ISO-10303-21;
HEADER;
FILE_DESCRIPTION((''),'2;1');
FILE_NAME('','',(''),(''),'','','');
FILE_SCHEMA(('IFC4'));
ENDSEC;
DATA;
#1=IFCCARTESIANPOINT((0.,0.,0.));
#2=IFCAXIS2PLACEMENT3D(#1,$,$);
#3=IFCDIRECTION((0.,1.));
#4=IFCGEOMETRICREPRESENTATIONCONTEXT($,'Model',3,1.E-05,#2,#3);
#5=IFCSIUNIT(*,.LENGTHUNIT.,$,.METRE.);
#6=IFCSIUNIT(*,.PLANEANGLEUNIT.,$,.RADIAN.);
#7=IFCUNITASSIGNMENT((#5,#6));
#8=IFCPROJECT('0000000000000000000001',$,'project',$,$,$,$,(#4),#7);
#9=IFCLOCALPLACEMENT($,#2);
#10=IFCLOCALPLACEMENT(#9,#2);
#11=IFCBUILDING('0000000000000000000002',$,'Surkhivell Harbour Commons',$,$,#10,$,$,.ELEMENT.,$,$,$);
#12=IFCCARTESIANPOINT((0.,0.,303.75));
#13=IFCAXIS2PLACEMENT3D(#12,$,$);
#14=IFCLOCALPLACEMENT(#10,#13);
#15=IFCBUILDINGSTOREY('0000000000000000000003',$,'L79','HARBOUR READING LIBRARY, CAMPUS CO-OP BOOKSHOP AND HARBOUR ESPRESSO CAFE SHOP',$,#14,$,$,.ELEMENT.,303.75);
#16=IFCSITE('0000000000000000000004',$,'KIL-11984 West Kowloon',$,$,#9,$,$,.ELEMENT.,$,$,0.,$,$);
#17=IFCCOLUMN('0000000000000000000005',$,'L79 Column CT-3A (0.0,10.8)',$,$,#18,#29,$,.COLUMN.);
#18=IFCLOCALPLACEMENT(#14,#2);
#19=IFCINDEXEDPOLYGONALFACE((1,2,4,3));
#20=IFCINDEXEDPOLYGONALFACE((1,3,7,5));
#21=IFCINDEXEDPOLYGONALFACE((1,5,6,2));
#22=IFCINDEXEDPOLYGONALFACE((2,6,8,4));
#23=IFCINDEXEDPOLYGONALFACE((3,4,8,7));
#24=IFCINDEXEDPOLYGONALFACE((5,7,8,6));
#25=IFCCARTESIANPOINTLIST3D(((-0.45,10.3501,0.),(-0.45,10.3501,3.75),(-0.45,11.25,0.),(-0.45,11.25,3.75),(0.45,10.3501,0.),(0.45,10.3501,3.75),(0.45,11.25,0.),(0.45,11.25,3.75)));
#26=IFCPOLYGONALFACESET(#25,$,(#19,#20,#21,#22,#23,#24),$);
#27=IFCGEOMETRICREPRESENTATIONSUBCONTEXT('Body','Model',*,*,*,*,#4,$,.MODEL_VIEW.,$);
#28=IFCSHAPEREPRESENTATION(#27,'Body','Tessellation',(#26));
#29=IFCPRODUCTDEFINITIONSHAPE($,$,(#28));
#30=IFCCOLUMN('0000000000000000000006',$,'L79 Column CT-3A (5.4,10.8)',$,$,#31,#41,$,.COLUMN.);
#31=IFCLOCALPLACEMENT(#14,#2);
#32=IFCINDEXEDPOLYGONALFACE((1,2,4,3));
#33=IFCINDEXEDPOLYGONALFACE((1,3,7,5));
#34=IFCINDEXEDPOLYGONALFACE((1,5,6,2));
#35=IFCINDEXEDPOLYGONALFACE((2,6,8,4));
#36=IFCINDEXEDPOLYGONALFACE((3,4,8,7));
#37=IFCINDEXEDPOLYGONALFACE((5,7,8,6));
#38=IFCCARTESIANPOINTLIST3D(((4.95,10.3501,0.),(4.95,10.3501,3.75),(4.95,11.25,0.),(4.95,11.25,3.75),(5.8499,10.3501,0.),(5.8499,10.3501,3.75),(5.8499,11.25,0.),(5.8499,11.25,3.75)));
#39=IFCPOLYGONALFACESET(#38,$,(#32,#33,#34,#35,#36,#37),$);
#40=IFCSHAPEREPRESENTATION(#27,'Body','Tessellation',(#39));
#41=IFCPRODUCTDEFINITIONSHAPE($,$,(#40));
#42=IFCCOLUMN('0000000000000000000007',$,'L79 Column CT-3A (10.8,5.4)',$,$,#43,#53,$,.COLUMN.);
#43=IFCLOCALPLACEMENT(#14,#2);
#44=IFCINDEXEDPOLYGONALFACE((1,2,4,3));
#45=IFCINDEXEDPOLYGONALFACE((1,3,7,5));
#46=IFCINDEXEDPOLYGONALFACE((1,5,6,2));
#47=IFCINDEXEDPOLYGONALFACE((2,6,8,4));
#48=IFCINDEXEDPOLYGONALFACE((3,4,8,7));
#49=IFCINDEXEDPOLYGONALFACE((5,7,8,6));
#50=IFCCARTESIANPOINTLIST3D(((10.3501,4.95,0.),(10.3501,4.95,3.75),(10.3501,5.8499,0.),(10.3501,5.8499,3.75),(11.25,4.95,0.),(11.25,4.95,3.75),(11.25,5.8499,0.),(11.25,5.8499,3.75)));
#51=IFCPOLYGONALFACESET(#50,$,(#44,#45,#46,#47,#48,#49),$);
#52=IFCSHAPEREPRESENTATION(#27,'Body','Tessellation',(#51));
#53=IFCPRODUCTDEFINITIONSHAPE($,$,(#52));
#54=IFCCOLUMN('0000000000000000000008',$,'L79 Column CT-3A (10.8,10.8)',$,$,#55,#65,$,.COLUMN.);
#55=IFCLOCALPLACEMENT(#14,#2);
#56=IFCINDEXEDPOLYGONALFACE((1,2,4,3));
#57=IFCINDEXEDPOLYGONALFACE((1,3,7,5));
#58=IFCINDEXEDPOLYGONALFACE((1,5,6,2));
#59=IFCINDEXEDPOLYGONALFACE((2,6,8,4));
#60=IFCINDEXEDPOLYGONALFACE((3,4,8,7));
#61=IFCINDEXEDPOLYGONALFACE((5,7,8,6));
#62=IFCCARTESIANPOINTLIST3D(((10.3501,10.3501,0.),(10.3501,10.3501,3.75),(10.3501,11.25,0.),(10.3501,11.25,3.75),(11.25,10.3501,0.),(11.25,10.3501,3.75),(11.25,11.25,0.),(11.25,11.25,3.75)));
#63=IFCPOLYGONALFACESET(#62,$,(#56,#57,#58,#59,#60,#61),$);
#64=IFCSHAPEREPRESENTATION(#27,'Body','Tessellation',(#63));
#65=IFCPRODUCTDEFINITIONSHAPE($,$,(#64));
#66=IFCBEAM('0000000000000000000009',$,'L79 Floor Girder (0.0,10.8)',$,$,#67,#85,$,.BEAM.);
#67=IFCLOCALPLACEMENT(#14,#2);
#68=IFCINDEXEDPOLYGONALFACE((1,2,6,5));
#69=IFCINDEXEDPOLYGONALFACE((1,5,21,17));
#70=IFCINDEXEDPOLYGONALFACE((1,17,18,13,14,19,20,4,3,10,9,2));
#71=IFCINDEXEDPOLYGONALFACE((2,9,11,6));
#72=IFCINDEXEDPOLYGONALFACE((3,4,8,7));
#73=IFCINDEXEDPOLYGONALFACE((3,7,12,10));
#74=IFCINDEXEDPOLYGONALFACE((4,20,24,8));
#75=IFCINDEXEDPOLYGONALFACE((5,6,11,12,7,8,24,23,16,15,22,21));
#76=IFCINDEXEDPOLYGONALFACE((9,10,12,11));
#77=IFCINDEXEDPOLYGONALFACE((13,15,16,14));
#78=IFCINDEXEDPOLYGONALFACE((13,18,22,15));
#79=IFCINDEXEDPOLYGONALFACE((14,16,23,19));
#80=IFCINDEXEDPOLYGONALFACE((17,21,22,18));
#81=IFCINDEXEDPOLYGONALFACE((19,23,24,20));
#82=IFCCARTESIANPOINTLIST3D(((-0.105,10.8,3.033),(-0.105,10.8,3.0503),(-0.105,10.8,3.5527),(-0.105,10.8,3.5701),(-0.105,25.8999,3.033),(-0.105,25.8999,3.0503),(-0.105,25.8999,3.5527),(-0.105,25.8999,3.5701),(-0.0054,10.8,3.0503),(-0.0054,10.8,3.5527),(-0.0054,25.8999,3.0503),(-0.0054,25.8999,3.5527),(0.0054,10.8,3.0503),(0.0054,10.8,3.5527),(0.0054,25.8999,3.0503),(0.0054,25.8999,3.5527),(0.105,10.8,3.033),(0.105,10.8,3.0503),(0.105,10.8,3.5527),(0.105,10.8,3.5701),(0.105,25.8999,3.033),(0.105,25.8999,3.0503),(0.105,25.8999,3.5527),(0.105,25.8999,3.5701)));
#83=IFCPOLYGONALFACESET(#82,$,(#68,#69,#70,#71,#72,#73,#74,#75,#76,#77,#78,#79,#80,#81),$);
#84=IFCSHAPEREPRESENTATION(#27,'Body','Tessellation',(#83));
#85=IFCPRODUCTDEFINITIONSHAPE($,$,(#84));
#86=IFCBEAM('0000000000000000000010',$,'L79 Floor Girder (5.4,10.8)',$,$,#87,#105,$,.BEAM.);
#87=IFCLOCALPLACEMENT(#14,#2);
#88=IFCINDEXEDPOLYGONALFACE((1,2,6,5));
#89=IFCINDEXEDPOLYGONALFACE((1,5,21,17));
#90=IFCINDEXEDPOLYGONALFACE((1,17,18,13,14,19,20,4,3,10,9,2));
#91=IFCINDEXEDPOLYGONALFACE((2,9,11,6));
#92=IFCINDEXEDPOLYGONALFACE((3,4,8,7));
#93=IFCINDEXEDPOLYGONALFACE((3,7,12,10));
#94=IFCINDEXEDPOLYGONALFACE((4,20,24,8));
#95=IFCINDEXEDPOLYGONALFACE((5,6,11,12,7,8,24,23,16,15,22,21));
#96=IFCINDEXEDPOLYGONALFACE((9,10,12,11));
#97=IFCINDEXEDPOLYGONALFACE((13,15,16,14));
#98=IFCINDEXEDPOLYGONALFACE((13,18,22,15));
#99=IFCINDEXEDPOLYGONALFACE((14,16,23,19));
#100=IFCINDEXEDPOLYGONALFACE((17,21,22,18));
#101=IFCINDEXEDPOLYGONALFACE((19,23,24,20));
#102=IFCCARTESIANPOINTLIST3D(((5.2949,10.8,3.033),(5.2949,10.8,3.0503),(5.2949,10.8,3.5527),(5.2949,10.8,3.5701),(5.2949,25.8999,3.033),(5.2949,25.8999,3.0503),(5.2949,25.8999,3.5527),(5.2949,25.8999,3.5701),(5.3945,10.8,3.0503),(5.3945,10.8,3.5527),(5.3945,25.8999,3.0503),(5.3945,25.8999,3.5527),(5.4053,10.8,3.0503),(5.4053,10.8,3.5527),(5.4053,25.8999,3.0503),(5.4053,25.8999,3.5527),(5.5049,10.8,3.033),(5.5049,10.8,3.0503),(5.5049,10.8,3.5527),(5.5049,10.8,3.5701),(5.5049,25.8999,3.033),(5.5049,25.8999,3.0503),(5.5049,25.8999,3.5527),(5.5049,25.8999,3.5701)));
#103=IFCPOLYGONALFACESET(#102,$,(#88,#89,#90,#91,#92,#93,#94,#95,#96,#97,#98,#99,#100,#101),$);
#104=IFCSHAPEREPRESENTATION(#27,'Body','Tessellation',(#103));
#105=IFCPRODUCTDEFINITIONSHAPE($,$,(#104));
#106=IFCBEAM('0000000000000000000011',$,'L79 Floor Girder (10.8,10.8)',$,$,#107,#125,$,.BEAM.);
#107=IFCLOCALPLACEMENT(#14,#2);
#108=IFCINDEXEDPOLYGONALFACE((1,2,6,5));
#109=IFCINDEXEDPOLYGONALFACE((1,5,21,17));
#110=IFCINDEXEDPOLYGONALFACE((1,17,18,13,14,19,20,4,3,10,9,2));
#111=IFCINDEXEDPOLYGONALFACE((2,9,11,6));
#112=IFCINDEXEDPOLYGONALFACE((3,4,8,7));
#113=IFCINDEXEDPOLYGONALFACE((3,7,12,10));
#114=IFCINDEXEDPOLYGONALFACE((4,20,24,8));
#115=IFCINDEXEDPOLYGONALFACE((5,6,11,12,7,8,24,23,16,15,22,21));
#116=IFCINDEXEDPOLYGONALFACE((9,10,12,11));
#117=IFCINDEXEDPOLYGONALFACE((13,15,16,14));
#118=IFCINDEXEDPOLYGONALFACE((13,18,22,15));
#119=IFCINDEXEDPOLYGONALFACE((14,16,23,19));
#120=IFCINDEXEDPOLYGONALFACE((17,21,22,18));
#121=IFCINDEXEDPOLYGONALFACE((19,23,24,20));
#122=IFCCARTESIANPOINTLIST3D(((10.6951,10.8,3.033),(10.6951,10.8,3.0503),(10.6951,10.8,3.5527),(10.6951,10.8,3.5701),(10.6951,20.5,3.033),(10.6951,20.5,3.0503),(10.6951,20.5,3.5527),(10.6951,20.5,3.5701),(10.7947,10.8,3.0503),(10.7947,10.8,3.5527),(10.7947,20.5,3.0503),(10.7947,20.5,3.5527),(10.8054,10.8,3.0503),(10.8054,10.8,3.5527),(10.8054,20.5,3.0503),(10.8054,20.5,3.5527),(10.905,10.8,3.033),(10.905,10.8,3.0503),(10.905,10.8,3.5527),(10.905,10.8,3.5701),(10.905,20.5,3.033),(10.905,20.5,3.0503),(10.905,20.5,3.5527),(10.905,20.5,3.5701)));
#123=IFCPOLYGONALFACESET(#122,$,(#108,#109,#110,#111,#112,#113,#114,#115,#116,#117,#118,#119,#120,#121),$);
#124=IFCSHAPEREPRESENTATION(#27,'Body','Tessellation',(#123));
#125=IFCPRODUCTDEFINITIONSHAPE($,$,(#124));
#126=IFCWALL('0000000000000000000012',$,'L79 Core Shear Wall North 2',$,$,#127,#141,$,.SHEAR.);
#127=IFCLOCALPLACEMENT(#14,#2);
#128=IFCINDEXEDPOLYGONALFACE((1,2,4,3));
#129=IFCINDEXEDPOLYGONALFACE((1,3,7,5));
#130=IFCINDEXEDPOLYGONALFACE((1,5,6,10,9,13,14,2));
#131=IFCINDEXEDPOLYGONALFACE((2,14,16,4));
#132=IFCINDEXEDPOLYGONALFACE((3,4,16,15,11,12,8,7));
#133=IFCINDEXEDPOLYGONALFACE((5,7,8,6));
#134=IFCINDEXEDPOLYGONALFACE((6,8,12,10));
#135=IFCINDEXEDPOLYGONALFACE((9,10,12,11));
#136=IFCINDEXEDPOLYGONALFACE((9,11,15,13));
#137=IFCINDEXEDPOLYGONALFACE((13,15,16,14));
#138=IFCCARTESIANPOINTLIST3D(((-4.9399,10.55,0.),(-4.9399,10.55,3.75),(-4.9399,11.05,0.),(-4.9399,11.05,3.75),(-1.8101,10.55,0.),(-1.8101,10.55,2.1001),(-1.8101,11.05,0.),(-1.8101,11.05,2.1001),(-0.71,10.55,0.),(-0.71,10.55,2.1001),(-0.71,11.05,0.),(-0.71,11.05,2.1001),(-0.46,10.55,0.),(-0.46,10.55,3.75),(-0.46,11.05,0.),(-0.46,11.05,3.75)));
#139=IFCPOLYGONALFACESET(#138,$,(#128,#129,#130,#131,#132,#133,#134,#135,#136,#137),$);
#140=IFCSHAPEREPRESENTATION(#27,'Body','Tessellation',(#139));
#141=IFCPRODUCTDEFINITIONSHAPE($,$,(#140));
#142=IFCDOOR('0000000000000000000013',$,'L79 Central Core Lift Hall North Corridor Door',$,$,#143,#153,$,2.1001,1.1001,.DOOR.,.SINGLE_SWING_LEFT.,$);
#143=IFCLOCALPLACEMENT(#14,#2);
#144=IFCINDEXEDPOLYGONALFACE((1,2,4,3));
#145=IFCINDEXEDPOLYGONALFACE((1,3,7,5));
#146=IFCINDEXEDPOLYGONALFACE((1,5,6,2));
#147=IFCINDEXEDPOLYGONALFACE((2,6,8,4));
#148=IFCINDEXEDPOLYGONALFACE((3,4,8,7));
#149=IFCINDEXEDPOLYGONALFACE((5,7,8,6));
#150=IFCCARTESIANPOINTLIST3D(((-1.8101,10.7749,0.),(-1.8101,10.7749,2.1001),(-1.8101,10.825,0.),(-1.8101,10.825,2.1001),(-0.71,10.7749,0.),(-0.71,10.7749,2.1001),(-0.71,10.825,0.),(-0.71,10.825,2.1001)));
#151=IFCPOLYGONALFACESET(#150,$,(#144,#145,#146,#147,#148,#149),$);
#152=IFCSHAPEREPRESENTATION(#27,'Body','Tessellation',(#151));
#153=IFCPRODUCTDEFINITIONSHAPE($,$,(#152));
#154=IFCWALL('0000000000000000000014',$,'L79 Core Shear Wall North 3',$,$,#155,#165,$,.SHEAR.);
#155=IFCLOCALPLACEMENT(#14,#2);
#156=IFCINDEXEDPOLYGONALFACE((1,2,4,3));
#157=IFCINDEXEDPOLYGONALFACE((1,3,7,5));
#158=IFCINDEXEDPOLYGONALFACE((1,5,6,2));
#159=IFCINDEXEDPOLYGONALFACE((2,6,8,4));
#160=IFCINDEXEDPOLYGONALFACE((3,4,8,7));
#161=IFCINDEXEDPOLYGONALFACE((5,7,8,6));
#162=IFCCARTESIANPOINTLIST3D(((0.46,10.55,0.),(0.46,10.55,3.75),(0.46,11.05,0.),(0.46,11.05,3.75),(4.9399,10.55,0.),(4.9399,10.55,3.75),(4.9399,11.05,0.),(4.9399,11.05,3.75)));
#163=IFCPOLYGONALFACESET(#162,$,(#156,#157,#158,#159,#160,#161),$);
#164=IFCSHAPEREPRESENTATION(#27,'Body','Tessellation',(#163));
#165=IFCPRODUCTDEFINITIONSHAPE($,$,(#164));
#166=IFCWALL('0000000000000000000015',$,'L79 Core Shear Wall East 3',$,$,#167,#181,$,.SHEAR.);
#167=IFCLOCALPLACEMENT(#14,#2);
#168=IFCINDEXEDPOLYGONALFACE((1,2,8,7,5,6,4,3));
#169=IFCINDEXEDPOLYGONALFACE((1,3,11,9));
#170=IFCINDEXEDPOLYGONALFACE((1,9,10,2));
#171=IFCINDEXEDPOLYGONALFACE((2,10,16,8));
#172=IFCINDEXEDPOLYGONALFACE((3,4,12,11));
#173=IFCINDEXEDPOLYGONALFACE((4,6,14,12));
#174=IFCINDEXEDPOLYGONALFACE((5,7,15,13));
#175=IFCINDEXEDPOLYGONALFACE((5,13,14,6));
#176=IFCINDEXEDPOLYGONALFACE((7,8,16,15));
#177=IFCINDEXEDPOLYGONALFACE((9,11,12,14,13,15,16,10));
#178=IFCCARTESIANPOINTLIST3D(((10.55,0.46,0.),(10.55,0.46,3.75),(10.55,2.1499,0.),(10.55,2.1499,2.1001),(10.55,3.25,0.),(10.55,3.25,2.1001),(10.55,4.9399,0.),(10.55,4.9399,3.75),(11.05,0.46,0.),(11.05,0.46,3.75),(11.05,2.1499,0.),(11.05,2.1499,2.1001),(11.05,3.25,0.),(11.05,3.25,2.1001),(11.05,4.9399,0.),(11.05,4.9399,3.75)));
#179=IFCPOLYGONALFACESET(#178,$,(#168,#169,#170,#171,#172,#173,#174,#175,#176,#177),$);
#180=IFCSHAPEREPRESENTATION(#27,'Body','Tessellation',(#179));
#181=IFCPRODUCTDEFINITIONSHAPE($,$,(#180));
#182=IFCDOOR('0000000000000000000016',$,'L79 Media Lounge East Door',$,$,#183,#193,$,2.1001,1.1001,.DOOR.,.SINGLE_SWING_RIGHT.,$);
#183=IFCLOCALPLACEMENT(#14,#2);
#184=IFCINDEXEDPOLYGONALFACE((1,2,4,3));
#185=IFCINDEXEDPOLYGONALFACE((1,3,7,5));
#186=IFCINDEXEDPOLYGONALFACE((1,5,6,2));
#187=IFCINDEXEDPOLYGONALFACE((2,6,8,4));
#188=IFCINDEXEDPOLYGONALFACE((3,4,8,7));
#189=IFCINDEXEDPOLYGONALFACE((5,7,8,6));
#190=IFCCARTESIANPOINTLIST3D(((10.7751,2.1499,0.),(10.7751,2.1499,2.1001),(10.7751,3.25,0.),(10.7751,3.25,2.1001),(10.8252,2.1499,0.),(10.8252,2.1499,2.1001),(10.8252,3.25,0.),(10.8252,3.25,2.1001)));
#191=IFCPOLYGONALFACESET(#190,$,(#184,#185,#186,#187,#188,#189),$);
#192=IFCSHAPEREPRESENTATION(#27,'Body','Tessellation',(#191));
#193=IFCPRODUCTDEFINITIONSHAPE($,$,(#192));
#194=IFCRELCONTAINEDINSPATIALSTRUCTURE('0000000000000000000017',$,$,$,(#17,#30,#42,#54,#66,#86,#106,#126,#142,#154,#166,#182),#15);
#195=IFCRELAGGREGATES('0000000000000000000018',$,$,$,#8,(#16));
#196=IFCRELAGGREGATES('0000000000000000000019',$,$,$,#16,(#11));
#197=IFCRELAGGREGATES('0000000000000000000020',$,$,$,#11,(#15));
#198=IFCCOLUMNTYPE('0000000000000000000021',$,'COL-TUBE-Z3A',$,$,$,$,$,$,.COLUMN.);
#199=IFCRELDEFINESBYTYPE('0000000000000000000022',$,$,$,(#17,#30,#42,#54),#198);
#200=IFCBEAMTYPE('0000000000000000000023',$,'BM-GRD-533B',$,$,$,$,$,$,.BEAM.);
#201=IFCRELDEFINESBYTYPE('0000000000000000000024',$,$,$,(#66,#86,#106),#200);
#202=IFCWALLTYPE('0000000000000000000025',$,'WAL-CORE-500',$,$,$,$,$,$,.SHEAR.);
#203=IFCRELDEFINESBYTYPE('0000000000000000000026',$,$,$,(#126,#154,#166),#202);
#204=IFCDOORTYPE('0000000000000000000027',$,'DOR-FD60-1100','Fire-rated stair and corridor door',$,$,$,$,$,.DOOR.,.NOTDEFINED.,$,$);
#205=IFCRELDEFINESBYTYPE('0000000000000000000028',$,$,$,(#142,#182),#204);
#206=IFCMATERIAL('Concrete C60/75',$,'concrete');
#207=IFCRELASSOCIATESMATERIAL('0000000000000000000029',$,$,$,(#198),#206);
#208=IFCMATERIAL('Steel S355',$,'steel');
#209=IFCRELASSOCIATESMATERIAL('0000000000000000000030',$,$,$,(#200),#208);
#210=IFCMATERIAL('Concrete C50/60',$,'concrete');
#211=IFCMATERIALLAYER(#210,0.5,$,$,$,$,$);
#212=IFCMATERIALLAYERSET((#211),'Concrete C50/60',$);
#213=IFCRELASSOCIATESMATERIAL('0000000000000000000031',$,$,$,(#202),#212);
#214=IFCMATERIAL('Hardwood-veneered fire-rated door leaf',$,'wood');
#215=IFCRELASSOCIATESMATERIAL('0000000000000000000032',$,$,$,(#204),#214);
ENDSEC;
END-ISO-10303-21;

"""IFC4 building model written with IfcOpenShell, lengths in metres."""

from ifc_helpers import new_model, si_unit, direction, frame, frame_2d, origin, origin_2d, place, context, subcontext, project, spatial, rectangle, i_section, extrude, material, layer, layer_set, material_profile, profile_set, type_object, element, fill, save


model = new_model("IFC4")

# Units and contexts
model_context = context("Model", 3, precision=1e-05, world=origin(), true_north=direction((0.0, 1.0)))
body_context = subcontext(model_context, "Body", "Model", "MODEL_VIEW")
ifc_project = project(units=[si_unit("LENGTHUNIT", "METRE"), si_unit("PLANEANGLEUNIT", "RADIAN")], contexts=[model_context])

# Site, building, storey
site_placement = place(None, origin())
site = spatial("IfcSite", under=ifc_project, at=site_placement, Name="KIL-11984 West Kowloon", CompositionType="ELEMENT", RefElevation=0.0)
building_placement = place(site_placement, origin())
building = spatial("IfcBuilding", under=site, at=building_placement, Name="Surkhivell Harbour Commons", CompositionType="ELEMENT")
storey_placement = place(building_placement, frame((0.0, 0.0, 303.75)))
storey = spatial("IfcBuildingStorey", under=building, at=storey_placement, Name="L79", Description="HARBOUR READING LIBRARY, CAMPUS CO-OP BOOKSHOP AND HARBOUR ESPRESSO CAFE SHOP", CompositionType="ELEMENT", Elevation=303.75)

# Columns
ifc_material_1 = material(Name="Concrete C60/75", Category="concrete")
ifc_material_profile_1 = material_profile(ifc_material_1, rectangle(XDim=0.8999, YDim=0.8999, at=origin_2d()), Name="RC-COL-900x900")
ifc_profile_set_1 = profile_set([ifc_material_profile_1], Name="Concrete C60/75")
column_type = type_object("IfcColumnType", Name="COL-TUBE-Z3A", PredefinedType="COLUMN", material=ifc_profile_set_1)
for number, where, z_axis, x_axis, name in (
    (1, (0.0, 10.8, 0.0), (0.0, 0.0, 1.0), (1.0, 0.0, 0.0), "L79 Column CT-3A (0.0,10.8)"),
    (2, (5.3999, 10.8, 0.0), (0.0, 0.0, 1.0), (1.0, 0.0, 0.0), "L79 Column CT-3A (5.4,10.8)"),
    (3, (10.8, 5.3999, 0.0), (0.0, 0.0, 1.0), (1.0, 0.0, 0.0), "L79 Column CT-3A (10.8,5.4)"),
    (4, (10.8, 10.8, 0.0), (0.0, 0.0, 1.0), (1.0, 0.0, 0.0), "L79 Column CT-3A (10.8,10.8)"),
):
    element("IfcColumn", number, at=place(storey_placement, frame(where, z_axis=z_axis, x_axis=x_axis)), inside=storey, type_object=column_type, Name=name, PredefinedType="COLUMN", context=body_context, shape_type="SweptSolid", body=[
        extrude(rectangle(XDim=0.8999, YDim=0.8999, at=origin_2d()), origin(), (0.0, 0.0, 1.0), 3.75),
    ])

# Beams
ifc_material_2 = material(Name="Steel S355", Category="steel")
ifc_material_profile_2 = material_profile(ifc_material_2, i_section(OverallWidth=0.21, OverallDepth=0.5371, WebThickness=0.0107, FlangeThickness=0.0173, at=origin_2d()), Name="UB533x210x101")
ifc_profile_set_2 = profile_set([ifc_material_profile_2], Name="Steel S355")
beam_type = type_object("IfcBeamType", Name="BM-GRD-533B", PredefinedType="BEAM", material=ifc_profile_set_2)
for number, where, z_axis, x_axis, name in (
    (5, (0.0, 10.8, 3.3015), (0.0, 1.0, 0.0), (-1.0, 0.0, 0.0), "L79 Floor Girder (0.0,10.8)"),
    (6, (5.3999, 10.8, 3.3015), (0.0, 1.0, 0.0), (-1.0, 0.0, 0.0), "L79 Floor Girder (5.4,10.8)"),
):
    element("IfcBeam", number, at=place(storey_placement, frame(where, z_axis=z_axis, x_axis=x_axis)), inside=storey, type_object=beam_type, Name=name, PredefinedType="BEAM", context=body_context, shape_type="SweptSolid", body=[
        extrude(i_section(OverallWidth=0.21, OverallDepth=0.5371, WebThickness=0.0107, FlangeThickness=0.0173, at=origin_2d()), origin(), (0.0, 0.0, 1.0), 15.0999),
    ])
beam_placement = place(storey_placement, frame((10.8, 10.8, 3.3015), z_axis=(0.0, 1.0, 0.0), x_axis=(-1.0, 0.0, 0.0)))
element("IfcBeam", 7, at=beam_placement, inside=storey, type_object=beam_type, Name="L79 Floor Girder (10.8,10.8)", PredefinedType="BEAM", context=body_context, shape_type="SweptSolid", body=[
    extrude(i_section(OverallWidth=0.21, OverallDepth=0.5371, WebThickness=0.0107, FlangeThickness=0.0173, at=origin_2d()), origin(), (0.0, 0.0, 1.0), 9.7),
])

# Wall, opening, door
ifc_material_3 = material(Name="Concrete C50/60", Category="concrete")
ifc_layer_1 = layer(ifc_material_3, 0.5)
ifc_layer_set_1 = layer_set([ifc_layer_1], Name="Concrete C50/60")
wall_type_1 = type_object("IfcWallType", Name="WAL-CORE-500", PredefinedType="SHEAR", material=ifc_layer_set_1)
wall_1_placement = place(storey_placement, frame((-4.9399, 10.8, 0.0), z_axis=(0.0, 0.0, 1.0), x_axis=(1.0, 0.0, 0.0)))
wall_1 = element("IfcWall", 8, at=wall_1_placement, inside=storey, type_object=wall_type_1, Name="L79 Core Shear Wall North 2", PredefinedType="SHEAR", context=body_context, shape_type="SweptSolid", body=[
    extrude(rectangle(XDim=4.48, YDim=0.5, at=frame_2d((2.24, 0.0))), origin(), (0.0, 0.0, 1.0), 3.75),
])
opening_1_placement = place(wall_1_placement, frame((3.1299, 0.0, 0.0)))
opening_1 = element("IfcOpeningElement", 9, at=opening_1_placement, cuts=wall_1, PredefinedType="OPENING", context=body_context, shape_type="SweptSolid", body=[
    extrude(rectangle(XDim=1.1001, YDim=2.1001, at=frame_2d((0.55, 1.05))), frame((0.0, 0.26, 0.0), z_axis=(0.0, -1.0, 0.0), x_axis=(1.0, 0.0, 0.0)), (0.0, 0.0, 1.0), 0.52),
])
ifc_material_4 = material(Name="Hardwood-veneered fire-rated door leaf", Category="wood")
door_type_1 = type_object("IfcDoorType", Name="DOR-FD60-1100", Description="Fire-rated stair and corridor door", OperationType="NOTDEFINED", PredefinedType="DOOR", material=ifc_material_4)
door_1_placement = place(opening_1_placement, origin())
door_1 = element("IfcDoor", 10, at=door_1_placement, inside=storey, type_object=door_type_1, Name="L79 Central Core Lift Hall North Corridor Door", OperationType="SINGLE_SWING_LEFT", OverallHeight=2.1001, OverallWidth=1.1001, PredefinedType="DOOR", context=body_context, shape_type="SweptSolid", body=[
    extrude(rectangle(XDim=1.1001, YDim=2.1001, at=frame_2d((0.55, 1.05))), frame((0.0, 0.0249, 0.0), z_axis=(0.0, -1.0, 0.0), x_axis=(1.0, 0.0, 0.0)), (0.0, 0.0, 1.0), 0.05),
])
fill(opening_1, door_1)

# Wall
wall_2_placement = place(storey_placement, frame((0.46, 10.8, 0.0), z_axis=(0.0, 0.0, 1.0), x_axis=(1.0, 0.0, 0.0)))
element("IfcWall", 11, at=wall_2_placement, inside=storey, type_object=wall_type_1, Name="L79 Core Shear Wall North 3", PredefinedType="SHEAR", context=body_context, shape_type="SweptSolid", body=[
    extrude(rectangle(XDim=4.48, YDim=0.5, at=frame_2d((2.24, 0.0))), origin(), (0.0, 0.0, 1.0), 3.75),
])

# Wall, opening, door
wall_3_placement = place(storey_placement, frame((10.8, 0.46, 0.0), z_axis=(0.0, 0.0, 1.0), x_axis=(0.0, 1.0, 0.0)))
wall_3 = element("IfcWall", 12, at=wall_3_placement, inside=storey, type_object=wall_type_1, Name="L79 Core Shear Wall East 3", PredefinedType="SHEAR", context=body_context, shape_type="SweptSolid", body=[
    extrude(rectangle(XDim=4.48, YDim=0.5, at=frame_2d((2.24, 0.0))), origin(), (0.0, 0.0, 1.0), 3.75),
])
opening_2_placement = place(wall_3_placement, frame((1.6899, 0.0, 0.0)))
opening_2 = element("IfcOpeningElement", 13, at=opening_2_placement, cuts=wall_3, PredefinedType="OPENING", context=body_context, shape_type="SweptSolid", body=[
    extrude(rectangle(XDim=1.1001, YDim=2.1001, at=frame_2d((0.55, 1.05))), frame((0.0, 0.26, 0.0), z_axis=(0.0, -1.0, 0.0), x_axis=(1.0, 0.0, 0.0)), (0.0, 0.0, 1.0), 0.52),
])
door_2_placement = place(opening_2_placement, origin())
door_2 = element("IfcDoor", 14, at=door_2_placement, inside=storey, type_object=door_type_1, Name="L79 Media Lounge East Door", OperationType="SINGLE_SWING_RIGHT", OverallHeight=2.1001, OverallWidth=1.1001, PredefinedType="DOOR", context=body_context, shape_type="SweptSolid", body=[
    extrude(rectangle(XDim=1.1001, YDim=2.1001, at=frame_2d((0.55, 1.05))), frame((0.0, 0.0249, 0.0), z_axis=(0.0, -1.0, 0.0), x_axis=(1.0, 0.0, 0.0)), (0.0, 0.0, 1.0), 0.05),
])
fill(opening_2, door_2)

save(model, "model.ifc")
